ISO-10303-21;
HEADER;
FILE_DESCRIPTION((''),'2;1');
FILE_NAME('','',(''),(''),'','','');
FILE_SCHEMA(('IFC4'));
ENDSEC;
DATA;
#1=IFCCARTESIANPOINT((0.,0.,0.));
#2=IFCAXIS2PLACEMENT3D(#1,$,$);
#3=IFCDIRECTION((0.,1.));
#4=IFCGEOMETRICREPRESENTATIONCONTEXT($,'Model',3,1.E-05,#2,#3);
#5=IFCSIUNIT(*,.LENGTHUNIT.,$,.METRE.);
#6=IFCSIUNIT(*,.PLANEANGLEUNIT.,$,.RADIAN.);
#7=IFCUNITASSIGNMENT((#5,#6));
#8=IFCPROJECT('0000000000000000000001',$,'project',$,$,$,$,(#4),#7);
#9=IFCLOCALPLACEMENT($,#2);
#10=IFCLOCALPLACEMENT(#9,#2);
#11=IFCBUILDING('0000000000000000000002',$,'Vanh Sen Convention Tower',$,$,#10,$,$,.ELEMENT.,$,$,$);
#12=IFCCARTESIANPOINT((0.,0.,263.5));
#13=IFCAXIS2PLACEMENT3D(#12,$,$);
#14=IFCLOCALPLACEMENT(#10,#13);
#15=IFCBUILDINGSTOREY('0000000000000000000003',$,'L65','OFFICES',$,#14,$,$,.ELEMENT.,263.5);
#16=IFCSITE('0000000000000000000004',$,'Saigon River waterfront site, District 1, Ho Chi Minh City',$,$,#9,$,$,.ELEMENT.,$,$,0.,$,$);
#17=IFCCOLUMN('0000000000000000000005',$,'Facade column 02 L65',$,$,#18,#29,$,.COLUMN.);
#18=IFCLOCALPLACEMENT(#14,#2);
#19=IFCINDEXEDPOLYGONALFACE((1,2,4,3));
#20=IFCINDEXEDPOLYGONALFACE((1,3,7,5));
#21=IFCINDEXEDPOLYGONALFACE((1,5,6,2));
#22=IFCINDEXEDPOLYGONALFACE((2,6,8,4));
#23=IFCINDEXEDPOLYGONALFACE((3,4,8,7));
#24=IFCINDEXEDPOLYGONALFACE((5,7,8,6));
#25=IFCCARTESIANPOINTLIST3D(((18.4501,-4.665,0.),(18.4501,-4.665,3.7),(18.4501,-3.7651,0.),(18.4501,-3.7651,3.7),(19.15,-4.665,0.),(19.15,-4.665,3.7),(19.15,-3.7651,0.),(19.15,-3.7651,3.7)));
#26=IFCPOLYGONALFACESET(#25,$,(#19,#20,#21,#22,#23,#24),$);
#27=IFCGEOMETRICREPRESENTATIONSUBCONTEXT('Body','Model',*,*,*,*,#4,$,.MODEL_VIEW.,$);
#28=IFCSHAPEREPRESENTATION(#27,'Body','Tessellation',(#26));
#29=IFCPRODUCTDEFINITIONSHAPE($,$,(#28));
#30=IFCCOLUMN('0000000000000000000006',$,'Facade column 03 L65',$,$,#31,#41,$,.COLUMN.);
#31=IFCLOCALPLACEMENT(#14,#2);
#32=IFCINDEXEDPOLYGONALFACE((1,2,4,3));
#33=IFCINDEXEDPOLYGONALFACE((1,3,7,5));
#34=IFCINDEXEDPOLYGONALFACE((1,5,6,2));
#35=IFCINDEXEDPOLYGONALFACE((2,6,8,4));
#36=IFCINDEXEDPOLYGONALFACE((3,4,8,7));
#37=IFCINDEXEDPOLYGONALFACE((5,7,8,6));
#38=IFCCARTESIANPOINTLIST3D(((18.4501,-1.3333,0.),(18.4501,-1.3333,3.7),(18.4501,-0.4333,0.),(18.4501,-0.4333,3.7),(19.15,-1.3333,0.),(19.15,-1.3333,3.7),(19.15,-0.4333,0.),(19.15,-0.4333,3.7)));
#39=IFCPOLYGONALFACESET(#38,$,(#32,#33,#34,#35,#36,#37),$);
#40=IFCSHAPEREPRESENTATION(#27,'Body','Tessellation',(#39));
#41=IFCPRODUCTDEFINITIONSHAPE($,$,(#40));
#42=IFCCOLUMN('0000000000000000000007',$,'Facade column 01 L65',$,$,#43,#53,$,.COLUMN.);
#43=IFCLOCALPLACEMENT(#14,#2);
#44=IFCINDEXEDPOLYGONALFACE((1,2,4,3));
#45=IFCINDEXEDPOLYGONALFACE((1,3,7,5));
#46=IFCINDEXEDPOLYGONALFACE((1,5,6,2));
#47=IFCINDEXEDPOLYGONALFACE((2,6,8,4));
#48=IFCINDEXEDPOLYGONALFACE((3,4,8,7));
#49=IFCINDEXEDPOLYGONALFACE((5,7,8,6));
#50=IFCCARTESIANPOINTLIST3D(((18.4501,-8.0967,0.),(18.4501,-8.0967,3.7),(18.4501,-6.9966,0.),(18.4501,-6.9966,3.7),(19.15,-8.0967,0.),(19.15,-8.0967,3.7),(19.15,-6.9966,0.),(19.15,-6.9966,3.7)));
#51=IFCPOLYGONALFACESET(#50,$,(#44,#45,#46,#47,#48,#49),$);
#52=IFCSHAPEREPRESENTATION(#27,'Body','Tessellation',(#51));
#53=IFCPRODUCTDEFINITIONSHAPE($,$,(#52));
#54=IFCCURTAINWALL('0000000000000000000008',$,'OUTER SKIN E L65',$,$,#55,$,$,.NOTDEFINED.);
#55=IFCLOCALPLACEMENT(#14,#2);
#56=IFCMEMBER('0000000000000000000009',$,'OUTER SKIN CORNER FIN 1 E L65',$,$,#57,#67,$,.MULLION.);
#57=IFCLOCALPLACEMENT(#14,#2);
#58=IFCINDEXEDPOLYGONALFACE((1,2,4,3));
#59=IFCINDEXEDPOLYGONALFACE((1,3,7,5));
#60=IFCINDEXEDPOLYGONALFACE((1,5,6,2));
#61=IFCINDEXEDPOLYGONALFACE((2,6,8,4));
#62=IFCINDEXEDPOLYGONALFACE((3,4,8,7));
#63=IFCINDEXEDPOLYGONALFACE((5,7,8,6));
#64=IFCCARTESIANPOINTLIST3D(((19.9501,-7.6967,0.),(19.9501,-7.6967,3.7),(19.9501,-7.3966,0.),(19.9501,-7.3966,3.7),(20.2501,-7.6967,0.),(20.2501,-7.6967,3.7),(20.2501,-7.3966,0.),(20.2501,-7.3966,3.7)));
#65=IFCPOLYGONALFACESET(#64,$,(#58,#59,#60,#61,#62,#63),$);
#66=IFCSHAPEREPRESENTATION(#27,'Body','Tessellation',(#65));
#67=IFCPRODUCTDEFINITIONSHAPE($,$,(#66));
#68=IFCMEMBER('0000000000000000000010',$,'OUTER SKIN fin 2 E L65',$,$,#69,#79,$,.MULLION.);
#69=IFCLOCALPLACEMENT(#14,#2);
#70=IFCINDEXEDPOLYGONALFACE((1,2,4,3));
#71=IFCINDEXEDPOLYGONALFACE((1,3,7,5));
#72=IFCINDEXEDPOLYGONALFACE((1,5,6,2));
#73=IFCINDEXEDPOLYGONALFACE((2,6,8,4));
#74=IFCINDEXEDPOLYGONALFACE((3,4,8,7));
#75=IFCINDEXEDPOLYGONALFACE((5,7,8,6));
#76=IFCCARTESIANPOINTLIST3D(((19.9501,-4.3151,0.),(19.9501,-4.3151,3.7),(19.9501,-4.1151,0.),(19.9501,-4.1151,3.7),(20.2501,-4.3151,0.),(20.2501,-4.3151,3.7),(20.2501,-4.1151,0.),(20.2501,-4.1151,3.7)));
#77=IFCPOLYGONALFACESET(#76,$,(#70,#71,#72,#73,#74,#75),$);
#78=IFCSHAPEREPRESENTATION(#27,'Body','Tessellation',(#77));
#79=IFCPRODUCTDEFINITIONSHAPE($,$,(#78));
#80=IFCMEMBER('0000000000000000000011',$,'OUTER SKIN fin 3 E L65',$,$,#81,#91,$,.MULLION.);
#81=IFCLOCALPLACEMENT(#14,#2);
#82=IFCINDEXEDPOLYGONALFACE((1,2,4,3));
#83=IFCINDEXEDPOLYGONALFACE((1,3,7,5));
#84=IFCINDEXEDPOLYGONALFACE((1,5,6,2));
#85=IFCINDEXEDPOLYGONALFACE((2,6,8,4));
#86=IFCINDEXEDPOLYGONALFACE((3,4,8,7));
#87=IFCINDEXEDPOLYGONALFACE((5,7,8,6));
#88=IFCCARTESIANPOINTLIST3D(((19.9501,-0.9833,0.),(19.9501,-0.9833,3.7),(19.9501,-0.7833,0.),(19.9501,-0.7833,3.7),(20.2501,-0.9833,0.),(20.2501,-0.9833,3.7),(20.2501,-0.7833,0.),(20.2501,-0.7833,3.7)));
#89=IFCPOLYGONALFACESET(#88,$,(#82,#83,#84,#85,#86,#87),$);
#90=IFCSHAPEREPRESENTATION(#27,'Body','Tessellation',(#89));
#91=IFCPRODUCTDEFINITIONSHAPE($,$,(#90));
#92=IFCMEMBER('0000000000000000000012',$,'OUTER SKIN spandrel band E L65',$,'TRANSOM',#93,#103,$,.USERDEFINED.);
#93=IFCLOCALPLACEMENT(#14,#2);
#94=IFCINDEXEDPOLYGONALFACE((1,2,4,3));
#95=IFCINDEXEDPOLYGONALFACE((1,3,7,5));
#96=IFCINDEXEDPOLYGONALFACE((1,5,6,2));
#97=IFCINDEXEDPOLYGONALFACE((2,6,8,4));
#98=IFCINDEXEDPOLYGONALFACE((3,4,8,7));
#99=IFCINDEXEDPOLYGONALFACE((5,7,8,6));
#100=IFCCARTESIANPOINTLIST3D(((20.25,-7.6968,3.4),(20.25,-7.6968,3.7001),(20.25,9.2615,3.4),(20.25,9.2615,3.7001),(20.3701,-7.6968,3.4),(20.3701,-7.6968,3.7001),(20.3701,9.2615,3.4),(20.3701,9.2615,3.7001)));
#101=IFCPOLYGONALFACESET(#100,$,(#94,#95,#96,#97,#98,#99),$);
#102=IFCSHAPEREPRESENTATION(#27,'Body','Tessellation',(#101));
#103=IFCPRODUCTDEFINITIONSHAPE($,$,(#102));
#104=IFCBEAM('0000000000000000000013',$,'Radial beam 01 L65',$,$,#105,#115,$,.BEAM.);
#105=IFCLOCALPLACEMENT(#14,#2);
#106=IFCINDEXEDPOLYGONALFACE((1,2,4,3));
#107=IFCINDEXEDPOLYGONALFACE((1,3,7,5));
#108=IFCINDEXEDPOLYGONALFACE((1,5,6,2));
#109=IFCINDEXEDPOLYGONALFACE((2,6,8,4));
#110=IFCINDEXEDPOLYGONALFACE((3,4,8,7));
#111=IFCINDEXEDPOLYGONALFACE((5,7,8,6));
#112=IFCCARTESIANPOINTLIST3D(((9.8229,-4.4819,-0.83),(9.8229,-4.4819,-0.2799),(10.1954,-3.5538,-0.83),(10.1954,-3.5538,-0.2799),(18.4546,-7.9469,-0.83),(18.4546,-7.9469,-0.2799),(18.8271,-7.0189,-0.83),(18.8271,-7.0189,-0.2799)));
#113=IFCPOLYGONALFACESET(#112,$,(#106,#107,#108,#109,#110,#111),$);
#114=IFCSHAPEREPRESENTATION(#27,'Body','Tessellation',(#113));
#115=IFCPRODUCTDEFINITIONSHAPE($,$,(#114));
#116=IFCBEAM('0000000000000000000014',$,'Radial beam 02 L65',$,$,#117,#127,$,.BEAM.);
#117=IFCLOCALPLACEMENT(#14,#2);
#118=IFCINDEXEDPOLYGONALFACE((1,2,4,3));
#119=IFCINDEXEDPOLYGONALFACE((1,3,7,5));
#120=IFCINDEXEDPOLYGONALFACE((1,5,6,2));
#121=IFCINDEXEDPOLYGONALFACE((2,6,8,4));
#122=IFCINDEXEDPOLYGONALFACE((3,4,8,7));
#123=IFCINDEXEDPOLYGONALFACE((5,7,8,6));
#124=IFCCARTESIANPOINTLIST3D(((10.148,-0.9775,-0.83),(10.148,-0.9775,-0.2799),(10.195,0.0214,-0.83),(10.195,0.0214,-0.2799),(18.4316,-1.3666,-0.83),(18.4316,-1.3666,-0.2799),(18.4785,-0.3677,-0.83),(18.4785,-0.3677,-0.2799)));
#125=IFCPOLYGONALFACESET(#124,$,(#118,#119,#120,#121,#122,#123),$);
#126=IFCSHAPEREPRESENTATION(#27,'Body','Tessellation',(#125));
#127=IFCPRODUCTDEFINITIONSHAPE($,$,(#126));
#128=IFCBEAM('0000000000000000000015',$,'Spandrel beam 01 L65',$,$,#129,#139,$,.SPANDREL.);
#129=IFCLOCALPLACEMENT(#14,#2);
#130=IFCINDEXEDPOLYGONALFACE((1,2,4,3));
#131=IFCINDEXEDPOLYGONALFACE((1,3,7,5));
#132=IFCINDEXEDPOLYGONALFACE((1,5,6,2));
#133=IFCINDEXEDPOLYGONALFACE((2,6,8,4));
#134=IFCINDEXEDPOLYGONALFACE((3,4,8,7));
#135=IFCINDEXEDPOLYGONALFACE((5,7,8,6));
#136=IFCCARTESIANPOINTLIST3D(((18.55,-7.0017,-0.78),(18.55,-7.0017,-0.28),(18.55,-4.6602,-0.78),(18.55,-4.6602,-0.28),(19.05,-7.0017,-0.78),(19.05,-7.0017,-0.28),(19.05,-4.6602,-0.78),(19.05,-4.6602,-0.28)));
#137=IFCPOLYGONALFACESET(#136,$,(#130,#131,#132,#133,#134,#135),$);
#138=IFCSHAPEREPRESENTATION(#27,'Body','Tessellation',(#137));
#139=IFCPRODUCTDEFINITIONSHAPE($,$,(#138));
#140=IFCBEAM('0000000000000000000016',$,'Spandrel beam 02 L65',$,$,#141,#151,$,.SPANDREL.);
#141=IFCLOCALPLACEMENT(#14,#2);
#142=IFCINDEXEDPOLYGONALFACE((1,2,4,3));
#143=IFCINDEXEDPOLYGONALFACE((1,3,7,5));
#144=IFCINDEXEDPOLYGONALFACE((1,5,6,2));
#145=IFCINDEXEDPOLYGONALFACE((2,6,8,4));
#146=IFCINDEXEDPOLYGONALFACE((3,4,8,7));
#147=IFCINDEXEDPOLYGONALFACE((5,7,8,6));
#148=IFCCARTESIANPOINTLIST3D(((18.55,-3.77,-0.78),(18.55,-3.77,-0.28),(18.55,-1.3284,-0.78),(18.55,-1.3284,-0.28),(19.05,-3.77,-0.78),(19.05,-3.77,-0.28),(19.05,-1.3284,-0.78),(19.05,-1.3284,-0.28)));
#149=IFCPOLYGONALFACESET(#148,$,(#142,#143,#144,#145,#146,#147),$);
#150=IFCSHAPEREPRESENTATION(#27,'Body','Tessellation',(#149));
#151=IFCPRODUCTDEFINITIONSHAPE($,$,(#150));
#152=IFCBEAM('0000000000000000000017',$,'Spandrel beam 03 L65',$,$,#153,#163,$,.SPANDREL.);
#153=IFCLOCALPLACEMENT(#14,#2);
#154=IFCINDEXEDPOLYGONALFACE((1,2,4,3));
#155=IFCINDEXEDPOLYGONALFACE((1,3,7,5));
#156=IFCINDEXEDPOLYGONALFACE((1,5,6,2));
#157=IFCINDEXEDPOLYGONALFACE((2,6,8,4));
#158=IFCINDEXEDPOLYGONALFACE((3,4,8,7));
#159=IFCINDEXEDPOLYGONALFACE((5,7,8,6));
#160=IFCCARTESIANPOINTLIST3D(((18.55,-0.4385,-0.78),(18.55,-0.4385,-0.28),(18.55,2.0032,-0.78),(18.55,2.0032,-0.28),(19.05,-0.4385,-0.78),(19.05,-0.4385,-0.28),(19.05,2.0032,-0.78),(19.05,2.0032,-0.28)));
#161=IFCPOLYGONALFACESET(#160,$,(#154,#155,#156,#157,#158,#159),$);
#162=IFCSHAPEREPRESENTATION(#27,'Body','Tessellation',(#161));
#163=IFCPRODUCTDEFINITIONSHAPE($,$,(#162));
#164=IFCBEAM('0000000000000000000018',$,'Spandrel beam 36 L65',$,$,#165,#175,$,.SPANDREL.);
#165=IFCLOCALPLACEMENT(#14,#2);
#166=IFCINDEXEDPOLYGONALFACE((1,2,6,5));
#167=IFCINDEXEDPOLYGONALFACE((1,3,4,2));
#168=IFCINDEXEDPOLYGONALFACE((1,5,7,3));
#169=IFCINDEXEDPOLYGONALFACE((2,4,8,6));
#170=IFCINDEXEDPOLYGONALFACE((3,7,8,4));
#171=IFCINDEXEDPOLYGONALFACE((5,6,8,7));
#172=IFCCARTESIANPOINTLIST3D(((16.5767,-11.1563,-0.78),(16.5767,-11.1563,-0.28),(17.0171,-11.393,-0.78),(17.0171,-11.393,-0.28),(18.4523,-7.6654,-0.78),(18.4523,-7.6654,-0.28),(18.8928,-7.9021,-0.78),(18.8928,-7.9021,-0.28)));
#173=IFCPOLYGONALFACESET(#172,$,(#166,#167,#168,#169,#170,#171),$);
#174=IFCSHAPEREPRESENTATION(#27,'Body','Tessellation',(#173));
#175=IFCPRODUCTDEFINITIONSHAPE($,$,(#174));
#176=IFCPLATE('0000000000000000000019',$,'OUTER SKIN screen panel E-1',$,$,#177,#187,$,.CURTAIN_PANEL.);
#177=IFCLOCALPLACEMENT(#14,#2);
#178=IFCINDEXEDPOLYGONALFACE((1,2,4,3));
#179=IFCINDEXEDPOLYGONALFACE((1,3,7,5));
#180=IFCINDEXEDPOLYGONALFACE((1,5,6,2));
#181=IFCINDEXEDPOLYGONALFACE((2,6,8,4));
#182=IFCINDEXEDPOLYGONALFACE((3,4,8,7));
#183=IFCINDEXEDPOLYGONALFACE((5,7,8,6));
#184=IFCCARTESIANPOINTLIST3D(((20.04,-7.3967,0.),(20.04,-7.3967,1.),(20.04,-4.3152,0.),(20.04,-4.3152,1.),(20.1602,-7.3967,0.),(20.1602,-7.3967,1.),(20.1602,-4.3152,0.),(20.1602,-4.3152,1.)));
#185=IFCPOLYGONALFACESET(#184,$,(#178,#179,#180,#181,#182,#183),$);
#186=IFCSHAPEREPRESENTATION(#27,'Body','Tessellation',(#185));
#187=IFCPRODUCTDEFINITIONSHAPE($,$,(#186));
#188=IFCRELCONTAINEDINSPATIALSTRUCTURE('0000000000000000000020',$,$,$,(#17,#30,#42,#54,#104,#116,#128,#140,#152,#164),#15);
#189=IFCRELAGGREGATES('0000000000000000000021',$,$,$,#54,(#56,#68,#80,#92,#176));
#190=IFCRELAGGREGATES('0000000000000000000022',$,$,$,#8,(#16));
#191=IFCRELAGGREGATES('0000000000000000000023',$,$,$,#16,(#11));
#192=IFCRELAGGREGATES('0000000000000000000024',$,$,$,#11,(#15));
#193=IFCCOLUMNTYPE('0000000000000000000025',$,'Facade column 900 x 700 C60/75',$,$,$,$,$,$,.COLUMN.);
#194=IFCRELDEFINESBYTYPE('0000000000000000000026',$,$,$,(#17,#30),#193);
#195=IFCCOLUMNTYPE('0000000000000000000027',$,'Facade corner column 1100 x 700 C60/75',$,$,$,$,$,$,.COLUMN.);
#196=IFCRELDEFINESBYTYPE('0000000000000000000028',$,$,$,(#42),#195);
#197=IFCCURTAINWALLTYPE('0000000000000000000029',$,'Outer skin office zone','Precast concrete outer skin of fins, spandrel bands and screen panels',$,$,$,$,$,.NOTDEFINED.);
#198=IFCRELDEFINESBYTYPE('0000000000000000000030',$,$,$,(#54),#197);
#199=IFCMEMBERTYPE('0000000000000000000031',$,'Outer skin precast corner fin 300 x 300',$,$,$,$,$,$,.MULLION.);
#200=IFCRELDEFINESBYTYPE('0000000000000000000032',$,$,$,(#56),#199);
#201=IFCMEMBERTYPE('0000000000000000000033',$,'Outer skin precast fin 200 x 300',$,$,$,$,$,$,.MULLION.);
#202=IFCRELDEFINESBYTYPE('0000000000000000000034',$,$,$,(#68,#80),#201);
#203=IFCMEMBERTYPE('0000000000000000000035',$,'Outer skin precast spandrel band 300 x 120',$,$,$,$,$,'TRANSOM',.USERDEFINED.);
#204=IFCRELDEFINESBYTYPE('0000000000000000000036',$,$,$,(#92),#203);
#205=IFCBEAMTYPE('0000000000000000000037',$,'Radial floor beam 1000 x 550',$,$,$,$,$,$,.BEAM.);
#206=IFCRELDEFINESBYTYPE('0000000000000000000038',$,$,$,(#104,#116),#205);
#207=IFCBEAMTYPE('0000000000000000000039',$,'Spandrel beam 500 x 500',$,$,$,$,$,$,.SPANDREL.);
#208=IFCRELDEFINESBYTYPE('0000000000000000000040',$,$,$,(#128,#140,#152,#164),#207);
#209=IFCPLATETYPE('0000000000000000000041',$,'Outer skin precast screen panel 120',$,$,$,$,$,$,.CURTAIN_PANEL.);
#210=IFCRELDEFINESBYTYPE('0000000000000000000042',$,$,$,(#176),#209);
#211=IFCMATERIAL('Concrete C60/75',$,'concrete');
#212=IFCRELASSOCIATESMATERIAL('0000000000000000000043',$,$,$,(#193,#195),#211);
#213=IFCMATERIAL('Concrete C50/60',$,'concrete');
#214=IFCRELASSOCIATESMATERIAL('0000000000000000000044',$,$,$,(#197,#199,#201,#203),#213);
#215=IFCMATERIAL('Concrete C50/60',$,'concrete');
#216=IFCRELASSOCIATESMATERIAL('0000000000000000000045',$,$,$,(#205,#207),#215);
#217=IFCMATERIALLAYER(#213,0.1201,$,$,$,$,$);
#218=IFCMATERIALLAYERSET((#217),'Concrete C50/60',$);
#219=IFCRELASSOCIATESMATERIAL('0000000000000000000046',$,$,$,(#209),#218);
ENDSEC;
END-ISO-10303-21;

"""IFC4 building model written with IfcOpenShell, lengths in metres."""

from ifc_helpers import new_model, si_unit, direction, frame, origin, origin_2d, place, context, subcontext, project, spatial, rectangle, extrude, material, layer, layer_set, material_profile, profile_set, type_object, element, aggregate, save


model = new_model("IFC4")

# Units and contexts
model_context = context("Model", 3, precision=1e-05, world=origin(), true_north=direction((0.0, 1.0)))
body_context = subcontext(model_context, "Body", "Model", "MODEL_VIEW")
ifc_project = project(units=[si_unit("LENGTHUNIT", "METRE"), si_unit("PLANEANGLEUNIT", "RADIAN")], contexts=[model_context])

# Site, building, storey
site_placement = place(None, origin())
site = spatial("IfcSite", under=ifc_project, at=site_placement, Name="Saigon River waterfront site, District 1, Ho Chi Minh City", CompositionType="ELEMENT", RefElevation=0.0)
building_placement = place(site_placement, origin())
building = spatial("IfcBuilding", under=site, at=building_placement, Name="Vanh Sen Convention Tower", CompositionType="ELEMENT")
storey_placement = place(building_placement, frame((0.0, 0.0, 263.5)))
storey = spatial("IfcBuildingStorey", under=building, at=storey_placement, Name="L65", Description="OFFICES", CompositionType="ELEMENT", Elevation=263.5)

# Columns
ifc_material_1 = material(Name="Concrete C60/75", Category="concrete")
ifc_material_profile_1 = material_profile(ifc_material_1, rectangle(XDim=0.8999, YDim=0.7, at=origin_2d()), Name="RC 900X700")
ifc_profile_set_1 = profile_set([ifc_material_profile_1], Name="Concrete C60/75")
column_type_1 = type_object("IfcColumnType", Name="Facade column 900 x 700 C60/75", PredefinedType="COLUMN", material=ifc_profile_set_1)
for number, where, z_axis, x_axis, name in (
    (1, (18.8, -4.2151, 0.0), (0.0, 0.0, 1.0), (0.0, 1.0, 0.0), "Facade column 02 L65"),
    (2, (18.8, -0.8833, 0.0), (0.0, 0.0, 1.0), (0.0, 1.0, 0.0), "Facade column 03 L65"),
):
    element("IfcColumn", number, at=place(storey_placement, frame(where, z_axis=z_axis, x_axis=x_axis)), inside=storey, type_object=column_type_1, Name=name, PredefinedType="COLUMN", context=body_context, shape_type="SweptSolid", body=[
        extrude(rectangle(XDim=0.8999, YDim=0.7, at=origin_2d()), origin(), (0.0, 0.0, 1.0), 3.7),
    ])
ifc_material_profile_2 = material_profile(ifc_material_1, rectangle(XDim=1.1001, YDim=0.7, at=origin_2d()), Name="RC 1100X700")
ifc_profile_set_2 = profile_set([ifc_material_profile_2], Name="Concrete C60/75")
column_type_2 = type_object("IfcColumnType", Name="Facade corner column 1100 x 700 C60/75", PredefinedType="COLUMN", material=ifc_profile_set_2)
column_placement = place(storey_placement, frame((18.8, -7.5466, 0.0), z_axis=(0.0, 0.0, 1.0), x_axis=(0.0, 1.0, 0.0)))
element("IfcColumn", 3, at=column_placement, inside=storey, type_object=column_type_2, Name="Facade column 01 L65", PredefinedType="COLUMN", context=body_context, shape_type="SweptSolid", body=[
    extrude(rectangle(XDim=1.1001, YDim=0.7, at=origin_2d()), origin(), (0.0, 0.0, 1.0), 3.7),
])

# Curtain wall, members
ifc_material_2 = material(Name="Concrete C50/60", Category="concrete")
curtain_wall_type = type_object("IfcCurtainWallType", Name="Outer skin office zone", Description="Precast concrete outer skin of fins, spandrel bands and screen panels", PredefinedType="NOTDEFINED", material=ifc_material_2)
curtain_wall_1_placement = place(storey_placement, origin())
curtain_wall_1 = element("IfcCurtainWall", 4, at=curtain_wall_1_placement, inside=storey, type_object=curtain_wall_type, Name="OUTER SKIN E L65", PredefinedType="NOTDEFINED")
ifc_material_profile_3 = material_profile(ifc_material_2, rectangle(XDim=0.3, YDim=0.3, at=origin_2d()), Name="Outer skin precast corner fin 300 x 300")
ifc_profile_set_3 = profile_set([ifc_material_profile_3], Name="Concrete C50/60")
member_type_1 = type_object("IfcMemberType", Name="Outer skin precast corner fin 300 x 300", PredefinedType="MULLION", material=ifc_profile_set_3)
member_1_placement = place(storey_placement, frame((20.1001, -7.5466, 0.0), z_axis=(0.0, 0.0, 1.0), x_axis=(0.0, 1.0, 0.0)))
member_1 = element("IfcMember", 5, at=member_1_placement, type_object=member_type_1, Name="OUTER SKIN CORNER FIN 1 E L65", PredefinedType="MULLION", context=body_context, shape_type="SweptSolid", body=[
    extrude(rectangle(XDim=0.3, YDim=0.3, at=origin_2d()), origin(), (0.0, 0.0, 1.0), 3.7),
])
ifc_material_profile_4 = material_profile(ifc_material_2, rectangle(XDim=0.2, YDim=0.3, at=origin_2d()), Name="Outer skin precast fin 200 x 300")
ifc_profile_set_4 = profile_set([ifc_material_profile_4], Name="Concrete C50/60")
member_type_2 = type_object("IfcMemberType", Name="Outer skin precast fin 200 x 300", PredefinedType="MULLION", material=ifc_profile_set_4)
member_2_placement = place(storey_placement, frame((20.1001, -4.2151, 0.0), z_axis=(0.0, 0.0, 1.0), x_axis=(0.0, 1.0, 0.0)))
member_2 = element("IfcMember", 6, at=member_2_placement, type_object=member_type_2, Name="OUTER SKIN fin 2 E L65", PredefinedType="MULLION", context=body_context, shape_type="SweptSolid", body=[
    extrude(rectangle(XDim=0.2, YDim=0.3, at=origin_2d()), origin(), (0.0, 0.0, 1.0), 3.7),
])
member_3_placement = place(storey_placement, frame((20.1001, -0.8833, 0.0), z_axis=(0.0, 0.0, 1.0), x_axis=(0.0, 1.0, 0.0)))
member_3 = element("IfcMember", 7, at=member_3_placement, type_object=member_type_2, Name="OUTER SKIN fin 3 E L65", PredefinedType="MULLION", context=body_context, shape_type="SweptSolid", body=[
    extrude(rectangle(XDim=0.2, YDim=0.3, at=origin_2d()), origin(), (0.0, 0.0, 1.0), 3.7),
])
ifc_material_profile_5 = material_profile(ifc_material_2, rectangle(XDim=0.1201, YDim=0.3, at=origin_2d()), Name="Outer skin precast spandrel band 300 x 120")
ifc_profile_set_5 = profile_set([ifc_material_profile_5], Name="Concrete C50/60")
member_type_3 = type_object("IfcMemberType", Name="Outer skin precast spandrel band 300 x 120", ElementType="TRANSOM", PredefinedType="USERDEFINED", material=ifc_profile_set_5)
member_4_placement = place(storey_placement, frame((20.3101, -7.6968, 3.55), z_axis=(0.0, 1.0, 0.0), x_axis=(-1.0, 0.0, 0.0)))
member_4 = element("IfcMember", 8, at=member_4_placement, type_object=member_type_3, Name="OUTER SKIN spandrel band E L65", ObjectType="TRANSOM", PredefinedType="USERDEFINED", context=body_context, shape_type="SweptSolid", body=[
    extrude(rectangle(XDim=0.1201, YDim=0.3, at=origin_2d()), origin(), (0.0, 0.0, 1.0), 16.9583),
])

# Beams
ifc_material_3 = material(Name="Concrete C50/60", Category="concrete")
ifc_material_profile_6 = material_profile(ifc_material_3, rectangle(XDim=1.0, YDim=0.55, at=origin_2d()), Name="RC 1000X550")
ifc_profile_set_6 = profile_set([ifc_material_profile_6], Name="Concrete C50/60")
beam_type_1 = type_object("IfcBeamType", Name="Radial floor beam 1000 x 550", PredefinedType="BEAM", material=ifc_profile_set_6)
beam_1_placement = place(storey_placement, frame((18.6409, -7.4829, -0.5549), z_axis=(-0.928018, 0.372535, 0.0), x_axis=(-0.372535, -0.928018, 0.0)))
element("IfcBeam", 9, at=beam_1_placement, inside=storey, type_object=beam_type_1, Name="Radial beam 01 L65", PredefinedType="BEAM", context=body_context, shape_type="SweptSolid", body=[
    extrude(rectangle(XDim=1.0, YDim=0.55, at=origin_2d()), origin(), (0.0, 0.0, 1.0), 9.3013),
])
beam_2_placement = place(storey_placement, frame((18.4551, -0.8672, -0.5549), z_axis=(-0.998898, 0.046927, 0.0), x_axis=(-0.046927, -0.998898, 0.0)))
element("IfcBeam", 10, at=beam_2_placement, inside=storey, type_object=beam_type_1, Name="Radial beam 02 L65", PredefinedType="BEAM", context=body_context, shape_type="SweptSolid", body=[
    extrude(rectangle(XDim=1.0, YDim=0.55, at=origin_2d()), origin(), (0.0, 0.0, 1.0), 8.2927),
])
ifc_material_profile_7 = material_profile(ifc_material_3, rectangle(XDim=0.5, YDim=0.5, at=origin_2d()), Name="RC 500X500")
ifc_profile_set_7 = profile_set([ifc_material_profile_7], Name="Concrete C50/60")
beam_type_2 = type_object("IfcBeamType", Name="Spandrel beam 500 x 500", PredefinedType="SPANDREL", material=ifc_profile_set_7)
beam_3_placement = place(storey_placement, frame((18.8, -7.0017, -0.53), z_axis=(0.0, 1.0, 0.0), x_axis=(-1.0, 0.0, 0.0)))
element("IfcBeam", 11, at=beam_3_placement, inside=storey, type_object=beam_type_2, Name="Spandrel beam 01 L65", PredefinedType="SPANDREL", context=body_context, shape_type="SweptSolid", body=[
    extrude(rectangle(XDim=0.5, YDim=0.5, at=origin_2d()), origin(), (0.0, 0.0, 1.0), 2.3416),
])
for number, where, z_axis, x_axis, name in (
    (12, (18.8, -3.77, -0.53), (0.0, 1.0, 0.0), (-1.0, 0.0, 0.0), "Spandrel beam 02 L65"),
    (13, (18.8, -0.4385, -0.53), (0.0, 1.0, 0.0), (-1.0, 0.0, 0.0), "Spandrel beam 03 L65"),
):
    element("IfcBeam", number, at=place(storey_placement, frame(where, z_axis=z_axis, x_axis=x_axis)), inside=storey, type_object=beam_type_2, Name=name, PredefinedType="SPANDREL", context=body_context, shape_type="SweptSolid", body=[
        extrude(rectangle(XDim=0.5, YDim=0.5, at=origin_2d()), origin(), (0.0, 0.0, 1.0), 2.4417),
    ])
beam_4_placement = place(storey_placement, frame((16.7969, -11.2747, -0.53), z_axis=(0.473313, 0.880894, 0.0), x_axis=(-0.880894, 0.473313, 0.0)))
element("IfcBeam", 14, at=beam_4_placement, inside=storey, type_object=beam_type_2, Name="Spandrel beam 36 L65", PredefinedType="SPANDREL", context=body_context, shape_type="SweptSolid", body=[
    extrude(rectangle(XDim=0.5, YDim=0.5, at=origin_2d()), origin(), (0.0, 0.0, 1.0), 3.9629),
])

# Plate
ifc_layer_1 = layer(ifc_material_2, 0.1201)
ifc_layer_set_1 = layer_set([ifc_layer_1], Name="Concrete C50/60")
plate_type = type_object("IfcPlateType", Name="Outer skin precast screen panel 120", PredefinedType="CURTAIN_PANEL", material=ifc_layer_set_1)
plate_1_placement = place(storey_placement, frame((20.1001, -5.856, 0.0), z_axis=(0.0, 0.0, 1.0), x_axis=(0.0, 1.0, 0.0)))
plate_1 = element("IfcPlate", 15, at=plate_1_placement, type_object=plate_type, Name="OUTER SKIN screen panel E-1", PredefinedType="CURTAIN_PANEL", context=body_context, shape_type="SweptSolid", body=[
    extrude(rectangle(XDim=3.0815, YDim=0.1201, at=origin_2d()), origin(), (0.0, 0.0, 1.0), 1.0),
])
aggregate(curtain_wall_1, [member_1, member_2, member_3, member_4, plate_1])

save(model, "model.ifc")
